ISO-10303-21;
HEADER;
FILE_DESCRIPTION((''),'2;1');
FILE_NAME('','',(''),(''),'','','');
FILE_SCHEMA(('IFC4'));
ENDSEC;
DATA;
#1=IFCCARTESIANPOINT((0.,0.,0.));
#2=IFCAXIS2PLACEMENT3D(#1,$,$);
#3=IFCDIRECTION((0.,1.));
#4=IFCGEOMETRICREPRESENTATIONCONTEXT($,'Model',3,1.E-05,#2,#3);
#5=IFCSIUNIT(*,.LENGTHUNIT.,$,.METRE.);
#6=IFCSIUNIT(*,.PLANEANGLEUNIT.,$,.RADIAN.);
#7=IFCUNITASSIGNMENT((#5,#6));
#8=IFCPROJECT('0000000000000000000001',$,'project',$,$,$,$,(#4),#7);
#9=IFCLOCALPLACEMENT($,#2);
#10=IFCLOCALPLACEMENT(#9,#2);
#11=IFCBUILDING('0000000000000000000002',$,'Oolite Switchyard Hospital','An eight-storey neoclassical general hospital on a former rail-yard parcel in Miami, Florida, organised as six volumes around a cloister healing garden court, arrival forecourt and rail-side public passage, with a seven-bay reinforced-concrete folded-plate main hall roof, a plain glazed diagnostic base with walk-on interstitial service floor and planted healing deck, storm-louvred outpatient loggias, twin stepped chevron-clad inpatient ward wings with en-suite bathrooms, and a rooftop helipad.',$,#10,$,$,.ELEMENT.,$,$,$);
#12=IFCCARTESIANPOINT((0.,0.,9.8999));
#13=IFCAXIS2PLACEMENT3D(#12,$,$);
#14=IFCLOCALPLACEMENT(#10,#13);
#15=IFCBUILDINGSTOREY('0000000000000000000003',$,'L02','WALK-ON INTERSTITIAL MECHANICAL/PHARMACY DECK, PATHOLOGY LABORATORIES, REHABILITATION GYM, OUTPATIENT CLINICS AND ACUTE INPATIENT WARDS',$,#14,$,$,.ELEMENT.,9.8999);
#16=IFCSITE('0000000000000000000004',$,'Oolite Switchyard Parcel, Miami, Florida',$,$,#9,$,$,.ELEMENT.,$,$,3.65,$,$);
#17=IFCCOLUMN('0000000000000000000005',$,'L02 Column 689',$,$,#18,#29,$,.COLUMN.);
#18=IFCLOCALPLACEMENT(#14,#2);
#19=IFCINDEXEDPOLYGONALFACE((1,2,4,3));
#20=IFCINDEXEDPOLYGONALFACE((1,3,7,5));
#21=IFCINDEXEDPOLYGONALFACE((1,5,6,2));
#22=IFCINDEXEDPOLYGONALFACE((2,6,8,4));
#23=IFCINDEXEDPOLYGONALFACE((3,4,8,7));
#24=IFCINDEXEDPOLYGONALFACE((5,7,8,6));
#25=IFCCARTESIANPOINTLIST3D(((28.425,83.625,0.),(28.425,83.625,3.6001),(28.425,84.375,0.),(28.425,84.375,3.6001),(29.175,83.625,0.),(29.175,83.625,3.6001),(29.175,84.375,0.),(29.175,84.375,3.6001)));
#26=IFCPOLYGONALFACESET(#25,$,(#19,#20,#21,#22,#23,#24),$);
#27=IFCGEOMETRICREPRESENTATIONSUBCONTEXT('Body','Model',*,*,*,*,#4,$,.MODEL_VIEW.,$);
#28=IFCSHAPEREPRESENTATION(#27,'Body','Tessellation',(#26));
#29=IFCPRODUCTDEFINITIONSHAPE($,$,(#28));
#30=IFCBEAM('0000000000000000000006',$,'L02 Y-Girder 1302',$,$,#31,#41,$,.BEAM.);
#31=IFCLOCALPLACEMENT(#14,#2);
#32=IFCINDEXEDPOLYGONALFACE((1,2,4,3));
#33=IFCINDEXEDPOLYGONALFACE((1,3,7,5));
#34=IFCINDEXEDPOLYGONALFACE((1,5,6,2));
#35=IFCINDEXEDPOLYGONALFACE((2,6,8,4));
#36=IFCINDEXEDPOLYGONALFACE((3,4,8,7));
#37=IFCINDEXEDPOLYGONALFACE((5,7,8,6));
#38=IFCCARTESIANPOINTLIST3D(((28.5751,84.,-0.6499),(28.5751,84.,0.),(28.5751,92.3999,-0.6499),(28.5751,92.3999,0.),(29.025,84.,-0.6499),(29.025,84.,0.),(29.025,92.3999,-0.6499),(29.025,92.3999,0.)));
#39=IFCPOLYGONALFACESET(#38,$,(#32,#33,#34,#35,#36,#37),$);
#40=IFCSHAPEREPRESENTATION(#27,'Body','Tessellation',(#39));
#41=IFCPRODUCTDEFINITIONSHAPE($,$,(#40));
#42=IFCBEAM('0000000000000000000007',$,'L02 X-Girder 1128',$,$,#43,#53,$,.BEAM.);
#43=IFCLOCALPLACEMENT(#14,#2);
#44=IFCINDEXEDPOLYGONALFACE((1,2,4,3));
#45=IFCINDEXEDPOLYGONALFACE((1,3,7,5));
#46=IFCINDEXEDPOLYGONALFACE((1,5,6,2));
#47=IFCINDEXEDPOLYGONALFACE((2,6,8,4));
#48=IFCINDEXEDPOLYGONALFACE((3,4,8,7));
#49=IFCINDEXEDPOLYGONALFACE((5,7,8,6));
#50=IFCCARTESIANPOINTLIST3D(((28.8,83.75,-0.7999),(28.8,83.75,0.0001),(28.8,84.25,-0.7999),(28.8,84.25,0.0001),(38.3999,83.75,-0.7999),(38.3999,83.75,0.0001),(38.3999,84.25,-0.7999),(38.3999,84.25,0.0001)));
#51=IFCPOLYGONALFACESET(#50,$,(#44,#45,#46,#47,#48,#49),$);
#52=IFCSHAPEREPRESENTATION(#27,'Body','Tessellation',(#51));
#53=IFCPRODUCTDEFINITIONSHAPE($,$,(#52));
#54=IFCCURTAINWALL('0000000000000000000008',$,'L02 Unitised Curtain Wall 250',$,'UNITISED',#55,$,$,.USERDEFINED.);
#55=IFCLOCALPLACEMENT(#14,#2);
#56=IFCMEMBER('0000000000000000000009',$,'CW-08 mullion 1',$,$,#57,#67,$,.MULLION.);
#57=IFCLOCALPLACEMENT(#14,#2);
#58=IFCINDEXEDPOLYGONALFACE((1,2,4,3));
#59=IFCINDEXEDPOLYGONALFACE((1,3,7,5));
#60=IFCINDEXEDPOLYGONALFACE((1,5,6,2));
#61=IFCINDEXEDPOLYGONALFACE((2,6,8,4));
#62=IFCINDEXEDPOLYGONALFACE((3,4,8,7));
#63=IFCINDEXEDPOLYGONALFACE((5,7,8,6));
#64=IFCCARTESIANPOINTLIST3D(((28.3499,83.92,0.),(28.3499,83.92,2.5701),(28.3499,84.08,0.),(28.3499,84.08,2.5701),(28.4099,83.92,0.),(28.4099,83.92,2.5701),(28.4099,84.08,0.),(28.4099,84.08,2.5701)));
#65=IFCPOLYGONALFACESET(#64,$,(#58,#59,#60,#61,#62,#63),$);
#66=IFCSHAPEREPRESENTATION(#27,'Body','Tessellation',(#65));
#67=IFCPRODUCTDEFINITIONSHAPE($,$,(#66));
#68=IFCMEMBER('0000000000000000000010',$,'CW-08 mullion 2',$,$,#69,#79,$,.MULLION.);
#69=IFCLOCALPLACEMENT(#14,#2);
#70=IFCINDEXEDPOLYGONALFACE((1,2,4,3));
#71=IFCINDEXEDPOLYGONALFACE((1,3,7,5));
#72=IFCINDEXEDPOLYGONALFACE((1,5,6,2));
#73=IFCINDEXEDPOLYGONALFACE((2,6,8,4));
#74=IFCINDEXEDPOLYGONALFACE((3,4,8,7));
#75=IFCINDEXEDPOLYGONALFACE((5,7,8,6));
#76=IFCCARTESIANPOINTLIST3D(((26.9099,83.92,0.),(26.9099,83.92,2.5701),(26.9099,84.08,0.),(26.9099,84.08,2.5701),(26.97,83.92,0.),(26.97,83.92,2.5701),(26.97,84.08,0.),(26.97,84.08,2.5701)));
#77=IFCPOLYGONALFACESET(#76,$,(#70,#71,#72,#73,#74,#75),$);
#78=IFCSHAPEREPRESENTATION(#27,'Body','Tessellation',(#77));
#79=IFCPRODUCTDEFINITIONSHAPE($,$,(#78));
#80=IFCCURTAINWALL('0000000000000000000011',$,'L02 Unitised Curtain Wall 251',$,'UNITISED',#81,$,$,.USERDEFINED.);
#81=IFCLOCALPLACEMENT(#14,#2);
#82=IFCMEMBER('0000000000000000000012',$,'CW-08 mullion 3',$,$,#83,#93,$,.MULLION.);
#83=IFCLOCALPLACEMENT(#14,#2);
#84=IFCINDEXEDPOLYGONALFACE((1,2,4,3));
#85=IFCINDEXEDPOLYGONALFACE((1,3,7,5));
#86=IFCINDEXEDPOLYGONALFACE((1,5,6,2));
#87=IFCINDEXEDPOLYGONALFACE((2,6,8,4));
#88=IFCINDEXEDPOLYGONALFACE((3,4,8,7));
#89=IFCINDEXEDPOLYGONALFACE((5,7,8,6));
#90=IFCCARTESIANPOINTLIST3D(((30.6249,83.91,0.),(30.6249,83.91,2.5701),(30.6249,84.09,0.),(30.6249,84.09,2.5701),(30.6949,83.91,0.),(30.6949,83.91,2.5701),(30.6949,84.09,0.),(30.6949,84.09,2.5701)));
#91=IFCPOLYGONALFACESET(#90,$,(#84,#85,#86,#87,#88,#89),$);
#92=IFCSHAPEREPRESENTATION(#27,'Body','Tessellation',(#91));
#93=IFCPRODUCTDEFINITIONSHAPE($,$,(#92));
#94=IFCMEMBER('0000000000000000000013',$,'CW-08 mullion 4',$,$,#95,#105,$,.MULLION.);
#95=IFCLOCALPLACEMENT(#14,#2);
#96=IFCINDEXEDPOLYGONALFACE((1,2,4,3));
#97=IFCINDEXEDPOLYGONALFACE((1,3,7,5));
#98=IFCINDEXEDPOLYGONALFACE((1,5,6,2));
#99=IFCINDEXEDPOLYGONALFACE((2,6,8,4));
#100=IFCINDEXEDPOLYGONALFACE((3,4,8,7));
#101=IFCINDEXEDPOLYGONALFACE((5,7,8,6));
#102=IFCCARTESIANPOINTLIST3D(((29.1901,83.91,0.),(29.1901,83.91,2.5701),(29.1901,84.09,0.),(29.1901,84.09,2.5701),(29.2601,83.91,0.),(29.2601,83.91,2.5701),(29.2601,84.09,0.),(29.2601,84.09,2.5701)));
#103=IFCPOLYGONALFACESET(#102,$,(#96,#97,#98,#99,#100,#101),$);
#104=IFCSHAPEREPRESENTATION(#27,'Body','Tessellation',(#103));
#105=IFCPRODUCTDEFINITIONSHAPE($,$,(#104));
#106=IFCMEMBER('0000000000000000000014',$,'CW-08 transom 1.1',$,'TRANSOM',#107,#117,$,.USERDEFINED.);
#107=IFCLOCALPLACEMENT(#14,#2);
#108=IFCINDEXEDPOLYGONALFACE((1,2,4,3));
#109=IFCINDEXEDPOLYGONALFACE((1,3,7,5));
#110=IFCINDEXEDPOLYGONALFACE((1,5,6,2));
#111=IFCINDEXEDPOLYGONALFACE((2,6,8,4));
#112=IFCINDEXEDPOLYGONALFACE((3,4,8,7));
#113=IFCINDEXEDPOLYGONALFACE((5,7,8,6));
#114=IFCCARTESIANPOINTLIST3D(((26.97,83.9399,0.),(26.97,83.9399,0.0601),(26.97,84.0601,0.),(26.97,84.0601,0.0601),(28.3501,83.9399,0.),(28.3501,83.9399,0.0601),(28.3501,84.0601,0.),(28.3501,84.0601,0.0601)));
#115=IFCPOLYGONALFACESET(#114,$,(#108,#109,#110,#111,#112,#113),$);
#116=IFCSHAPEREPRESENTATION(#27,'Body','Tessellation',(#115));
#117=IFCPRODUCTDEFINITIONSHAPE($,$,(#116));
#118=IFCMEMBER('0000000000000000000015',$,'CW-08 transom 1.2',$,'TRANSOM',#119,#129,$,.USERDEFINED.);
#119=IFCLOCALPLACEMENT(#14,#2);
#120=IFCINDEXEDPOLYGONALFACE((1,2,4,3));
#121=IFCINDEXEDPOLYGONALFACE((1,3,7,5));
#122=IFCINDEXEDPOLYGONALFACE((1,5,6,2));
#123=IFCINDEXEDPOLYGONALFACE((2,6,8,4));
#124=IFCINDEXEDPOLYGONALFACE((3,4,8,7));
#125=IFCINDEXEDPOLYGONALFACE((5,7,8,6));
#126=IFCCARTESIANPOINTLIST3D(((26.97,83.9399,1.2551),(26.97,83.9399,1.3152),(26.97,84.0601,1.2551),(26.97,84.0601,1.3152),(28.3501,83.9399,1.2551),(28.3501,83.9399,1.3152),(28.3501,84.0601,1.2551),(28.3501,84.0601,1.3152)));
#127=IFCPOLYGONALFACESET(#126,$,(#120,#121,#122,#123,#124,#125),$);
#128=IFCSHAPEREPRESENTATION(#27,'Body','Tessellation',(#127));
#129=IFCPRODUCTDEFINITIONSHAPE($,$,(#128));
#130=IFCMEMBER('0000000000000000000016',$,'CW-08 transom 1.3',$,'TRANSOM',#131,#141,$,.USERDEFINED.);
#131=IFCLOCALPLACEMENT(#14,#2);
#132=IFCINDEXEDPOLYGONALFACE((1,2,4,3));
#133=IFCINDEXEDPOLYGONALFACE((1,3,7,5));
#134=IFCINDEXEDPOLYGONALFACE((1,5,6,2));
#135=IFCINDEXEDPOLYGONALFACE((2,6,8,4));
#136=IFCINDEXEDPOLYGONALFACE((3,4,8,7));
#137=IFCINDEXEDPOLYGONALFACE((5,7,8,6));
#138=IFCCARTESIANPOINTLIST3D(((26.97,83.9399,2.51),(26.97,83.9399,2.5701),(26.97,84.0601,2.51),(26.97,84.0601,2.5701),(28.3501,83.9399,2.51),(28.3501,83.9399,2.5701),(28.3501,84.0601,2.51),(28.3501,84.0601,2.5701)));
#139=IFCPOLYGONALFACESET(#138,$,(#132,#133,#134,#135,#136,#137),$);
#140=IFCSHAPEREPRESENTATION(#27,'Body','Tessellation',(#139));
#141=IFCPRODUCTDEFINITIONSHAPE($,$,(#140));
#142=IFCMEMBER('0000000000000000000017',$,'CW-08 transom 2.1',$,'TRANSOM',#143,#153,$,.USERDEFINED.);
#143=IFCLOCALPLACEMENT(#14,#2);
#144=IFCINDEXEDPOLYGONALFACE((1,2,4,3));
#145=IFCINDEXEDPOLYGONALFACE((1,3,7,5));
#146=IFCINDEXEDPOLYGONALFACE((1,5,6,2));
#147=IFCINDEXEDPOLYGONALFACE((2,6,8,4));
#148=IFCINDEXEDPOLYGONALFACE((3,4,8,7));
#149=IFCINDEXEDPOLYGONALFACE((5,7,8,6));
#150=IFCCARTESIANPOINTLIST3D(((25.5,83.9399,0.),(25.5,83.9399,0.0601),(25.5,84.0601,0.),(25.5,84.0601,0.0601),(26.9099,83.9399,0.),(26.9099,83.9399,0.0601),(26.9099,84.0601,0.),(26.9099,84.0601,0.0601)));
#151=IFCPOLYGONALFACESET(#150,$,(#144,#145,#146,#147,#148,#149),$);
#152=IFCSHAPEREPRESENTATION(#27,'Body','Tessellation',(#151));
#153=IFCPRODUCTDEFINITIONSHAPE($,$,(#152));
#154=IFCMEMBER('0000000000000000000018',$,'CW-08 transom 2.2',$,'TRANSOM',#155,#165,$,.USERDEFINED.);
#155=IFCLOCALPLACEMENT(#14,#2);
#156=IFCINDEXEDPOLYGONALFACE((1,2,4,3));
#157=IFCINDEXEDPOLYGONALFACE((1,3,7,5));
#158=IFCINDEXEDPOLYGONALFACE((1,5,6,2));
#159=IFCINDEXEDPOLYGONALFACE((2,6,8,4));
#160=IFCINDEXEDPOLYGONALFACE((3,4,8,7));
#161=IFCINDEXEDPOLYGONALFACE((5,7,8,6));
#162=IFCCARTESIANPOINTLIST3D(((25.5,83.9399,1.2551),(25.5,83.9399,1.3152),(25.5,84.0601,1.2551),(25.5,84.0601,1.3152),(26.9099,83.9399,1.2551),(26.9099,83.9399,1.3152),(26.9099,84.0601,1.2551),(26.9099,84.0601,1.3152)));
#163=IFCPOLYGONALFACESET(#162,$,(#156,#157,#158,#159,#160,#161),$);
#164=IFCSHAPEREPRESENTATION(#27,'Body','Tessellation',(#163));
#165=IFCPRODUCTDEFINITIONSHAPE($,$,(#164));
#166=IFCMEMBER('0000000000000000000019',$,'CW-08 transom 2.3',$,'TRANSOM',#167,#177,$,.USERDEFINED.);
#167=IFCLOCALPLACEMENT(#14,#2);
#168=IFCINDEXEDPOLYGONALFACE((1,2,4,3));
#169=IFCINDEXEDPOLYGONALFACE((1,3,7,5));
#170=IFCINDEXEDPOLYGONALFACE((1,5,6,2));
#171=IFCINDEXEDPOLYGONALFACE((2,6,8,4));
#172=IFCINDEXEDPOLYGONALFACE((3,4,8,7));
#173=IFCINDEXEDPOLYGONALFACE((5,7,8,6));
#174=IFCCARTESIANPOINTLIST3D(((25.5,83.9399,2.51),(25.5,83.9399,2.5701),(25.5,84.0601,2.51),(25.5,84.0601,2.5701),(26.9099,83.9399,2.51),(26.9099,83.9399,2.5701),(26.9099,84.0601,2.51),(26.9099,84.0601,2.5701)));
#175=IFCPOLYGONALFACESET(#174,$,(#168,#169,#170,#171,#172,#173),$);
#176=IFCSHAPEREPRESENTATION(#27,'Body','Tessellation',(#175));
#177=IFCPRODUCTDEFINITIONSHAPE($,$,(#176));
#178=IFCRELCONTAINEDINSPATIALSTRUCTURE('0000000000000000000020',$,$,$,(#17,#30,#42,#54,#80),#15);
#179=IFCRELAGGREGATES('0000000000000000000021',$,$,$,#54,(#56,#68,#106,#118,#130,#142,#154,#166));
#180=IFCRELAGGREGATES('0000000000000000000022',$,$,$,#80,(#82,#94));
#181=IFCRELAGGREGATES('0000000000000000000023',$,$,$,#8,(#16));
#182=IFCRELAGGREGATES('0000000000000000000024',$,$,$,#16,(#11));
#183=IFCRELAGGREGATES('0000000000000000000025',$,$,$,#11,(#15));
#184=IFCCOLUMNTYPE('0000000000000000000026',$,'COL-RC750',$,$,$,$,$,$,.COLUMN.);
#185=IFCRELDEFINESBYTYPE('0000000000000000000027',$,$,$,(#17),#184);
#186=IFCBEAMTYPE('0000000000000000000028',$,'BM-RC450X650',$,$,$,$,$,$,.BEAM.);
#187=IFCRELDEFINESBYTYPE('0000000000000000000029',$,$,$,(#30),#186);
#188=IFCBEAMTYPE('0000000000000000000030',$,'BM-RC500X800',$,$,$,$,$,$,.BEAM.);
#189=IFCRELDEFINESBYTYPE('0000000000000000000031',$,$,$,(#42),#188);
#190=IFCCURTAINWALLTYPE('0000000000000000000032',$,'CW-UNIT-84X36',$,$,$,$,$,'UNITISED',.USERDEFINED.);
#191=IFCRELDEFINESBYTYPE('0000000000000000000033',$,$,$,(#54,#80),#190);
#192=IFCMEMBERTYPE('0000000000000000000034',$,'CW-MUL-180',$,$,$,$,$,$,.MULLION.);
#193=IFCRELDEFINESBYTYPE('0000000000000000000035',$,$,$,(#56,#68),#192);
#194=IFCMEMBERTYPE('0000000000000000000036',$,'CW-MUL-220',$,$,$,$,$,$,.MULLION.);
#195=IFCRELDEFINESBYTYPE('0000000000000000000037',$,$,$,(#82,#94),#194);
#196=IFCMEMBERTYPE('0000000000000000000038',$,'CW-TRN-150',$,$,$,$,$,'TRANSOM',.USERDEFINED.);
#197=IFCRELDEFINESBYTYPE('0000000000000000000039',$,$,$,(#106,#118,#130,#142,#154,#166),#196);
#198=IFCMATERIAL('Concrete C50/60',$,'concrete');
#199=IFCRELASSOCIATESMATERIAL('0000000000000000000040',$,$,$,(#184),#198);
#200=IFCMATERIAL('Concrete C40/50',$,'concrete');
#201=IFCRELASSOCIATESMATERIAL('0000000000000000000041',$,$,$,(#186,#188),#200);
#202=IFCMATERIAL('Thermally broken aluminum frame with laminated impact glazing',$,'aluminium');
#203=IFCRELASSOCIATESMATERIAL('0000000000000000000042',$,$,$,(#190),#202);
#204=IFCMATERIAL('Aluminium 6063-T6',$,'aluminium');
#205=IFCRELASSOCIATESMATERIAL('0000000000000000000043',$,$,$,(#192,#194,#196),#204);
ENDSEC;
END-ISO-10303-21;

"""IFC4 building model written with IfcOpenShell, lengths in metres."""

from ifc_helpers import new_model, si_unit, direction, frame, origin, origin_2d, place, context, subcontext, project, spatial, rectangle, extrude, material, material_profile, profile_set, type_object, element, aggregate, save


model = new_model("IFC4")

# Units and contexts
model_context = context("Model", 3, precision=1e-05, world=origin(), true_north=direction((0.0, 1.0)))
body_context = subcontext(model_context, "Body", "Model", "MODEL_VIEW")
ifc_project = project(units=[si_unit("LENGTHUNIT", "METRE"), si_unit("PLANEANGLEUNIT", "RADIAN")], contexts=[model_context])

# Site, building, storey
site_placement = place(None, origin())
site = spatial("IfcSite", under=ifc_project, at=site_placement, Name="Oolite Switchyard Parcel, Miami, Florida", CompositionType="ELEMENT", RefElevation=3.65)
building_placement = place(site_placement, origin())
building = spatial("IfcBuilding", under=site, at=building_placement, Name="Oolite Switchyard Hospital", Description="An eight-storey neoclassical general hospital on a former rail-yard parcel in Miami, Florida, organised as six volumes around a cloister healing garden court, arrival forecourt and rail-side public passage, with a seven-bay reinforced-concrete folded-plate main hall roof, a plain glazed diagnostic base with walk-on interstitial service floor and planted healing deck, storm-louvred outpatient loggias, twin stepped chevron-clad inpatient ward wings with en-suite bathrooms, and a rooftop helipad.", CompositionType="ELEMENT")
storey_placement = place(building_placement, frame((0.0, 0.0, 9.8999)))
storey = spatial("IfcBuildingStorey", under=building, at=storey_placement, Name="L02", Description="WALK-ON INTERSTITIAL MECHANICAL/PHARMACY DECK, PATHOLOGY LABORATORIES, REHABILITATION GYM, OUTPATIENT CLINICS AND ACUTE INPATIENT WARDS", CompositionType="ELEMENT", Elevation=9.8999)

# Column
ifc_material_1 = material(Name="Concrete C50/60", Category="concrete")
ifc_material_profile_1 = material_profile(ifc_material_1, rectangle(XDim=0.75, YDim=0.75, at=origin_2d()), Name="RC750X750")
ifc_profile_set_1 = profile_set([ifc_material_profile_1], Name="Concrete C50/60")
column_type = type_object("IfcColumnType", Name="COL-RC750", PredefinedType="COLUMN", material=ifc_profile_set_1)
column_placement = place(storey_placement, frame((28.8, 84.0, 0.0), z_axis=(0.0, 0.0, 1.0), x_axis=(1.0, 0.0, 0.0)))
element("IfcColumn", 1, at=column_placement, inside=storey, type_object=column_type, Name="L02 Column 689", PredefinedType="COLUMN", context=body_context, shape_type="SweptSolid", body=[
    extrude(rectangle(XDim=0.75, YDim=0.75, at=origin_2d()), origin(), (0.0, 0.0, 1.0), 3.6001),
])

# Beams
ifc_material_2 = material(Name="Concrete C40/50", Category="concrete")
ifc_material_profile_2 = material_profile(ifc_material_2, rectangle(XDim=0.45, YDim=0.6499, at=origin_2d()), Name="RCB450X650")
ifc_profile_set_2 = profile_set([ifc_material_profile_2], Name="Concrete C40/50")
beam_type_1 = type_object("IfcBeamType", Name="BM-RC450X650", PredefinedType="BEAM", material=ifc_profile_set_2)
beam_1_placement = place(storey_placement, frame((28.8, 84.0, -0.325), z_axis=(0.0, 1.0, 0.0), x_axis=(-1.0, 0.0, 0.0)))
element("IfcBeam", 2, at=beam_1_placement, inside=storey, type_object=beam_type_1, Name="L02 Y-Girder 1302", PredefinedType="BEAM", context=body_context, shape_type="SweptSolid", body=[
    extrude(rectangle(XDim=0.45, YDim=0.6499, at=origin_2d()), origin(), (0.0, 0.0, 1.0), 8.3999),
])
ifc_material_profile_3 = material_profile(ifc_material_2, rectangle(XDim=0.5, YDim=0.8, at=origin_2d()), Name="RCB500X800")
ifc_profile_set_3 = profile_set([ifc_material_profile_3], Name="Concrete C40/50")
beam_type_2 = type_object("IfcBeamType", Name="BM-RC500X800", PredefinedType="BEAM", material=ifc_profile_set_3)
beam_2_placement = place(storey_placement, frame((28.8, 84.0, -0.3999), z_axis=(1.0, 0.0, 0.0), x_axis=(0.0, 1.0, 0.0)))
element("IfcBeam", 3, at=beam_2_placement, inside=storey, type_object=beam_type_2, Name="L02 X-Girder 1128", PredefinedType="BEAM", context=body_context, shape_type="SweptSolid", body=[
    extrude(rectangle(XDim=0.5, YDim=0.8, at=origin_2d()), origin(), (0.0, 0.0, 1.0), 9.5999),
])

# Curtain walls, members
ifc_material_3 = material(Name="Thermally broken aluminum frame with laminated impact glazing", Category="aluminium")
curtain_wall_type = type_object("IfcCurtainWallType", Name="CW-UNIT-84X36", ElementType="UNITISED", PredefinedType="USERDEFINED", material=ifc_material_3)
curtain_wall_1_placement = place(storey_placement, origin())
curtain_wall_1 = element("IfcCurtainWall", 4, at=curtain_wall_1_placement, inside=storey, type_object=curtain_wall_type, Name="L02 Unitised Curtain Wall 250", ObjectType="UNITISED", PredefinedType="USERDEFINED")
ifc_material_4 = material(Name="Aluminium 6063-T6", Category="aluminium")
ifc_material_profile_4 = material_profile(ifc_material_4, rectangle(XDim=0.1599, YDim=0.0601, at=origin_2d()), Name="CWM60X160")
ifc_profile_set_4 = profile_set([ifc_material_profile_4], Name="Aluminium 6063-T6")
member_type_1 = type_object("IfcMemberType", Name="CW-MUL-180", PredefinedType="MULLION", material=ifc_profile_set_4)
member_1_placement = place(storey_placement, frame((28.3799, 84.0, 0.0), z_axis=(0.0, 0.0, 1.0), x_axis=(0.0, -1.0, 0.0)))
member_1 = element("IfcMember", 5, at=member_1_placement, type_object=member_type_1, Name="CW-08 mullion 1", PredefinedType="MULLION", context=body_context, shape_type="SweptSolid", body=[
    extrude(rectangle(XDim=0.1599, YDim=0.0601, at=origin_2d()), origin(), (0.0, 0.0, 1.0), 2.5701),
])
member_2_placement = place(storey_placement, frame((26.9399, 84.0, 0.0), z_axis=(0.0, 0.0, 1.0), x_axis=(0.0, -1.0, 0.0)))
member_2 = element("IfcMember", 6, at=member_2_placement, type_object=member_type_1, Name="CW-08 mullion 2", PredefinedType="MULLION", context=body_context, shape_type="SweptSolid", body=[
    extrude(rectangle(XDim=0.1599, YDim=0.0601, at=origin_2d()), origin(), (0.0, 0.0, 1.0), 2.5701),
])
curtain_wall_2_placement = place(storey_placement, origin())
curtain_wall_2 = element("IfcCurtainWall", 7, at=curtain_wall_2_placement, inside=storey, type_object=curtain_wall_type, Name="L02 Unitised Curtain Wall 251", ObjectType="UNITISED", PredefinedType="USERDEFINED")
ifc_material_profile_5 = material_profile(ifc_material_4, rectangle(XDim=0.1799, YDim=0.0701, at=origin_2d()), Name="CWM70X180")
ifc_profile_set_5 = profile_set([ifc_material_profile_5], Name="Aluminium 6063-T6")
member_type_2 = type_object("IfcMemberType", Name="CW-MUL-220", PredefinedType="MULLION", material=ifc_profile_set_5)
member_3_placement = place(storey_placement, frame((30.6599, 84.0, 0.0), z_axis=(0.0, 0.0, 1.0), x_axis=(0.0, -1.0, 0.0)))
member_3 = element("IfcMember", 8, at=member_3_placement, type_object=member_type_2, Name="CW-08 mullion 3", PredefinedType="MULLION", context=body_context, shape_type="SweptSolid", body=[
    extrude(rectangle(XDim=0.1799, YDim=0.0701, at=origin_2d()), origin(), (0.0, 0.0, 1.0), 2.5701),
])
member_4_placement = place(storey_placement, frame((29.2251, 84.0, 0.0), z_axis=(0.0, 0.0, 1.0), x_axis=(0.0, -1.0, 0.0)))
member_4 = element("IfcMember", 9, at=member_4_placement, type_object=member_type_2, Name="CW-08 mullion 4", PredefinedType="MULLION", context=body_context, shape_type="SweptSolid", body=[
    extrude(rectangle(XDim=0.1799, YDim=0.0701, at=origin_2d()), origin(), (0.0, 0.0, 1.0), 2.5701),
])

# Members
ifc_material_profile_6 = material_profile(ifc_material_4, rectangle(XDim=0.1201, YDim=0.0601, at=origin_2d()), Name="CWT60X120")
ifc_profile_set_6 = profile_set([ifc_material_profile_6], Name="Aluminium 6063-T6")
member_type_3 = type_object("IfcMemberType", Name="CW-TRN-150", ElementType="TRANSOM", PredefinedType="USERDEFINED", material=ifc_profile_set_6)
member_5_placement = place(storey_placement, frame((28.3501, 84.0, 0.03), z_axis=(-1.0, 0.0, 0.0), x_axis=(0.0, -1.0, 0.0)))
member_5 = element("IfcMember", 10, at=member_5_placement, type_object=member_type_3, Name="CW-08 transom 1.1", ObjectType="TRANSOM", PredefinedType="USERDEFINED", context=body_context, shape_type="SweptSolid", body=[
    extrude(rectangle(XDim=0.1201, YDim=0.0601, at=origin_2d()), origin(), (0.0, 0.0, 1.0), 1.3801),
])
member_6_placement = place(storey_placement, frame((28.3501, 84.0, 1.2852), z_axis=(-1.0, 0.0, 0.0), x_axis=(0.0, -1.0, 0.0)))
member_6 = element("IfcMember", 11, at=member_6_placement, type_object=member_type_3, Name="CW-08 transom 1.2", ObjectType="TRANSOM", PredefinedType="USERDEFINED", context=body_context, shape_type="SweptSolid", body=[
    extrude(rectangle(XDim=0.1201, YDim=0.0601, at=origin_2d()), origin(), (0.0, 0.0, 1.0), 1.3801),
])
member_7_placement = place(storey_placement, frame((28.3501, 84.0, 2.54), z_axis=(-1.0, 0.0, 0.0), x_axis=(0.0, -1.0, 0.0)))
member_7 = element("IfcMember", 12, at=member_7_placement, type_object=member_type_3, Name="CW-08 transom 1.3", ObjectType="TRANSOM", PredefinedType="USERDEFINED", context=body_context, shape_type="SweptSolid", body=[
    extrude(rectangle(XDim=0.1201, YDim=0.0601, at=origin_2d()), origin(), (0.0, 0.0, 1.0), 1.3801),
])
member_8_placement = place(storey_placement, frame((26.9099, 84.0, 0.03), z_axis=(-1.0, 0.0, 0.0), x_axis=(0.0, -1.0, 0.0)))
member_8 = element("IfcMember", 13, at=member_8_placement, type_object=member_type_3, Name="CW-08 transom 2.1", ObjectType="TRANSOM", PredefinedType="USERDEFINED", context=body_context, shape_type="SweptSolid", body=[
    extrude(rectangle(XDim=0.1201, YDim=0.0601, at=origin_2d()), origin(), (0.0, 0.0, 1.0), 1.4099),
])
member_9_placement = place(storey_placement, frame((26.9099, 84.0, 1.2852), z_axis=(-1.0, 0.0, 0.0), x_axis=(0.0, -1.0, 0.0)))
member_9 = element("IfcMember", 14, at=member_9_placement, type_object=member_type_3, Name="CW-08 transom 2.2", ObjectType="TRANSOM", PredefinedType="USERDEFINED", context=body_context, shape_type="SweptSolid", body=[
    extrude(rectangle(XDim=0.1201, YDim=0.0601, at=origin_2d()), origin(), (0.0, 0.0, 1.0), 1.4099),
])
member_10_placement = place(storey_placement, frame((26.9099, 84.0, 2.54), z_axis=(-1.0, 0.0, 0.0), x_axis=(0.0, -1.0, 0.0)))
member_10 = element("IfcMember", 15, at=member_10_placement, type_object=member_type_3, Name="CW-08 transom 2.3", ObjectType="TRANSOM", PredefinedType="USERDEFINED", context=body_context, shape_type="SweptSolid", body=[
    extrude(rectangle(XDim=0.1201, YDim=0.0601, at=origin_2d()), origin(), (0.0, 0.0, 1.0), 1.4099),
])

aggregate(curtain_wall_1, [member_1, member_2, member_5, member_6, member_7, member_8, member_9, member_10])
aggregate(curtain_wall_2, [member_3, member_4])

save(model, "model.ifc")
